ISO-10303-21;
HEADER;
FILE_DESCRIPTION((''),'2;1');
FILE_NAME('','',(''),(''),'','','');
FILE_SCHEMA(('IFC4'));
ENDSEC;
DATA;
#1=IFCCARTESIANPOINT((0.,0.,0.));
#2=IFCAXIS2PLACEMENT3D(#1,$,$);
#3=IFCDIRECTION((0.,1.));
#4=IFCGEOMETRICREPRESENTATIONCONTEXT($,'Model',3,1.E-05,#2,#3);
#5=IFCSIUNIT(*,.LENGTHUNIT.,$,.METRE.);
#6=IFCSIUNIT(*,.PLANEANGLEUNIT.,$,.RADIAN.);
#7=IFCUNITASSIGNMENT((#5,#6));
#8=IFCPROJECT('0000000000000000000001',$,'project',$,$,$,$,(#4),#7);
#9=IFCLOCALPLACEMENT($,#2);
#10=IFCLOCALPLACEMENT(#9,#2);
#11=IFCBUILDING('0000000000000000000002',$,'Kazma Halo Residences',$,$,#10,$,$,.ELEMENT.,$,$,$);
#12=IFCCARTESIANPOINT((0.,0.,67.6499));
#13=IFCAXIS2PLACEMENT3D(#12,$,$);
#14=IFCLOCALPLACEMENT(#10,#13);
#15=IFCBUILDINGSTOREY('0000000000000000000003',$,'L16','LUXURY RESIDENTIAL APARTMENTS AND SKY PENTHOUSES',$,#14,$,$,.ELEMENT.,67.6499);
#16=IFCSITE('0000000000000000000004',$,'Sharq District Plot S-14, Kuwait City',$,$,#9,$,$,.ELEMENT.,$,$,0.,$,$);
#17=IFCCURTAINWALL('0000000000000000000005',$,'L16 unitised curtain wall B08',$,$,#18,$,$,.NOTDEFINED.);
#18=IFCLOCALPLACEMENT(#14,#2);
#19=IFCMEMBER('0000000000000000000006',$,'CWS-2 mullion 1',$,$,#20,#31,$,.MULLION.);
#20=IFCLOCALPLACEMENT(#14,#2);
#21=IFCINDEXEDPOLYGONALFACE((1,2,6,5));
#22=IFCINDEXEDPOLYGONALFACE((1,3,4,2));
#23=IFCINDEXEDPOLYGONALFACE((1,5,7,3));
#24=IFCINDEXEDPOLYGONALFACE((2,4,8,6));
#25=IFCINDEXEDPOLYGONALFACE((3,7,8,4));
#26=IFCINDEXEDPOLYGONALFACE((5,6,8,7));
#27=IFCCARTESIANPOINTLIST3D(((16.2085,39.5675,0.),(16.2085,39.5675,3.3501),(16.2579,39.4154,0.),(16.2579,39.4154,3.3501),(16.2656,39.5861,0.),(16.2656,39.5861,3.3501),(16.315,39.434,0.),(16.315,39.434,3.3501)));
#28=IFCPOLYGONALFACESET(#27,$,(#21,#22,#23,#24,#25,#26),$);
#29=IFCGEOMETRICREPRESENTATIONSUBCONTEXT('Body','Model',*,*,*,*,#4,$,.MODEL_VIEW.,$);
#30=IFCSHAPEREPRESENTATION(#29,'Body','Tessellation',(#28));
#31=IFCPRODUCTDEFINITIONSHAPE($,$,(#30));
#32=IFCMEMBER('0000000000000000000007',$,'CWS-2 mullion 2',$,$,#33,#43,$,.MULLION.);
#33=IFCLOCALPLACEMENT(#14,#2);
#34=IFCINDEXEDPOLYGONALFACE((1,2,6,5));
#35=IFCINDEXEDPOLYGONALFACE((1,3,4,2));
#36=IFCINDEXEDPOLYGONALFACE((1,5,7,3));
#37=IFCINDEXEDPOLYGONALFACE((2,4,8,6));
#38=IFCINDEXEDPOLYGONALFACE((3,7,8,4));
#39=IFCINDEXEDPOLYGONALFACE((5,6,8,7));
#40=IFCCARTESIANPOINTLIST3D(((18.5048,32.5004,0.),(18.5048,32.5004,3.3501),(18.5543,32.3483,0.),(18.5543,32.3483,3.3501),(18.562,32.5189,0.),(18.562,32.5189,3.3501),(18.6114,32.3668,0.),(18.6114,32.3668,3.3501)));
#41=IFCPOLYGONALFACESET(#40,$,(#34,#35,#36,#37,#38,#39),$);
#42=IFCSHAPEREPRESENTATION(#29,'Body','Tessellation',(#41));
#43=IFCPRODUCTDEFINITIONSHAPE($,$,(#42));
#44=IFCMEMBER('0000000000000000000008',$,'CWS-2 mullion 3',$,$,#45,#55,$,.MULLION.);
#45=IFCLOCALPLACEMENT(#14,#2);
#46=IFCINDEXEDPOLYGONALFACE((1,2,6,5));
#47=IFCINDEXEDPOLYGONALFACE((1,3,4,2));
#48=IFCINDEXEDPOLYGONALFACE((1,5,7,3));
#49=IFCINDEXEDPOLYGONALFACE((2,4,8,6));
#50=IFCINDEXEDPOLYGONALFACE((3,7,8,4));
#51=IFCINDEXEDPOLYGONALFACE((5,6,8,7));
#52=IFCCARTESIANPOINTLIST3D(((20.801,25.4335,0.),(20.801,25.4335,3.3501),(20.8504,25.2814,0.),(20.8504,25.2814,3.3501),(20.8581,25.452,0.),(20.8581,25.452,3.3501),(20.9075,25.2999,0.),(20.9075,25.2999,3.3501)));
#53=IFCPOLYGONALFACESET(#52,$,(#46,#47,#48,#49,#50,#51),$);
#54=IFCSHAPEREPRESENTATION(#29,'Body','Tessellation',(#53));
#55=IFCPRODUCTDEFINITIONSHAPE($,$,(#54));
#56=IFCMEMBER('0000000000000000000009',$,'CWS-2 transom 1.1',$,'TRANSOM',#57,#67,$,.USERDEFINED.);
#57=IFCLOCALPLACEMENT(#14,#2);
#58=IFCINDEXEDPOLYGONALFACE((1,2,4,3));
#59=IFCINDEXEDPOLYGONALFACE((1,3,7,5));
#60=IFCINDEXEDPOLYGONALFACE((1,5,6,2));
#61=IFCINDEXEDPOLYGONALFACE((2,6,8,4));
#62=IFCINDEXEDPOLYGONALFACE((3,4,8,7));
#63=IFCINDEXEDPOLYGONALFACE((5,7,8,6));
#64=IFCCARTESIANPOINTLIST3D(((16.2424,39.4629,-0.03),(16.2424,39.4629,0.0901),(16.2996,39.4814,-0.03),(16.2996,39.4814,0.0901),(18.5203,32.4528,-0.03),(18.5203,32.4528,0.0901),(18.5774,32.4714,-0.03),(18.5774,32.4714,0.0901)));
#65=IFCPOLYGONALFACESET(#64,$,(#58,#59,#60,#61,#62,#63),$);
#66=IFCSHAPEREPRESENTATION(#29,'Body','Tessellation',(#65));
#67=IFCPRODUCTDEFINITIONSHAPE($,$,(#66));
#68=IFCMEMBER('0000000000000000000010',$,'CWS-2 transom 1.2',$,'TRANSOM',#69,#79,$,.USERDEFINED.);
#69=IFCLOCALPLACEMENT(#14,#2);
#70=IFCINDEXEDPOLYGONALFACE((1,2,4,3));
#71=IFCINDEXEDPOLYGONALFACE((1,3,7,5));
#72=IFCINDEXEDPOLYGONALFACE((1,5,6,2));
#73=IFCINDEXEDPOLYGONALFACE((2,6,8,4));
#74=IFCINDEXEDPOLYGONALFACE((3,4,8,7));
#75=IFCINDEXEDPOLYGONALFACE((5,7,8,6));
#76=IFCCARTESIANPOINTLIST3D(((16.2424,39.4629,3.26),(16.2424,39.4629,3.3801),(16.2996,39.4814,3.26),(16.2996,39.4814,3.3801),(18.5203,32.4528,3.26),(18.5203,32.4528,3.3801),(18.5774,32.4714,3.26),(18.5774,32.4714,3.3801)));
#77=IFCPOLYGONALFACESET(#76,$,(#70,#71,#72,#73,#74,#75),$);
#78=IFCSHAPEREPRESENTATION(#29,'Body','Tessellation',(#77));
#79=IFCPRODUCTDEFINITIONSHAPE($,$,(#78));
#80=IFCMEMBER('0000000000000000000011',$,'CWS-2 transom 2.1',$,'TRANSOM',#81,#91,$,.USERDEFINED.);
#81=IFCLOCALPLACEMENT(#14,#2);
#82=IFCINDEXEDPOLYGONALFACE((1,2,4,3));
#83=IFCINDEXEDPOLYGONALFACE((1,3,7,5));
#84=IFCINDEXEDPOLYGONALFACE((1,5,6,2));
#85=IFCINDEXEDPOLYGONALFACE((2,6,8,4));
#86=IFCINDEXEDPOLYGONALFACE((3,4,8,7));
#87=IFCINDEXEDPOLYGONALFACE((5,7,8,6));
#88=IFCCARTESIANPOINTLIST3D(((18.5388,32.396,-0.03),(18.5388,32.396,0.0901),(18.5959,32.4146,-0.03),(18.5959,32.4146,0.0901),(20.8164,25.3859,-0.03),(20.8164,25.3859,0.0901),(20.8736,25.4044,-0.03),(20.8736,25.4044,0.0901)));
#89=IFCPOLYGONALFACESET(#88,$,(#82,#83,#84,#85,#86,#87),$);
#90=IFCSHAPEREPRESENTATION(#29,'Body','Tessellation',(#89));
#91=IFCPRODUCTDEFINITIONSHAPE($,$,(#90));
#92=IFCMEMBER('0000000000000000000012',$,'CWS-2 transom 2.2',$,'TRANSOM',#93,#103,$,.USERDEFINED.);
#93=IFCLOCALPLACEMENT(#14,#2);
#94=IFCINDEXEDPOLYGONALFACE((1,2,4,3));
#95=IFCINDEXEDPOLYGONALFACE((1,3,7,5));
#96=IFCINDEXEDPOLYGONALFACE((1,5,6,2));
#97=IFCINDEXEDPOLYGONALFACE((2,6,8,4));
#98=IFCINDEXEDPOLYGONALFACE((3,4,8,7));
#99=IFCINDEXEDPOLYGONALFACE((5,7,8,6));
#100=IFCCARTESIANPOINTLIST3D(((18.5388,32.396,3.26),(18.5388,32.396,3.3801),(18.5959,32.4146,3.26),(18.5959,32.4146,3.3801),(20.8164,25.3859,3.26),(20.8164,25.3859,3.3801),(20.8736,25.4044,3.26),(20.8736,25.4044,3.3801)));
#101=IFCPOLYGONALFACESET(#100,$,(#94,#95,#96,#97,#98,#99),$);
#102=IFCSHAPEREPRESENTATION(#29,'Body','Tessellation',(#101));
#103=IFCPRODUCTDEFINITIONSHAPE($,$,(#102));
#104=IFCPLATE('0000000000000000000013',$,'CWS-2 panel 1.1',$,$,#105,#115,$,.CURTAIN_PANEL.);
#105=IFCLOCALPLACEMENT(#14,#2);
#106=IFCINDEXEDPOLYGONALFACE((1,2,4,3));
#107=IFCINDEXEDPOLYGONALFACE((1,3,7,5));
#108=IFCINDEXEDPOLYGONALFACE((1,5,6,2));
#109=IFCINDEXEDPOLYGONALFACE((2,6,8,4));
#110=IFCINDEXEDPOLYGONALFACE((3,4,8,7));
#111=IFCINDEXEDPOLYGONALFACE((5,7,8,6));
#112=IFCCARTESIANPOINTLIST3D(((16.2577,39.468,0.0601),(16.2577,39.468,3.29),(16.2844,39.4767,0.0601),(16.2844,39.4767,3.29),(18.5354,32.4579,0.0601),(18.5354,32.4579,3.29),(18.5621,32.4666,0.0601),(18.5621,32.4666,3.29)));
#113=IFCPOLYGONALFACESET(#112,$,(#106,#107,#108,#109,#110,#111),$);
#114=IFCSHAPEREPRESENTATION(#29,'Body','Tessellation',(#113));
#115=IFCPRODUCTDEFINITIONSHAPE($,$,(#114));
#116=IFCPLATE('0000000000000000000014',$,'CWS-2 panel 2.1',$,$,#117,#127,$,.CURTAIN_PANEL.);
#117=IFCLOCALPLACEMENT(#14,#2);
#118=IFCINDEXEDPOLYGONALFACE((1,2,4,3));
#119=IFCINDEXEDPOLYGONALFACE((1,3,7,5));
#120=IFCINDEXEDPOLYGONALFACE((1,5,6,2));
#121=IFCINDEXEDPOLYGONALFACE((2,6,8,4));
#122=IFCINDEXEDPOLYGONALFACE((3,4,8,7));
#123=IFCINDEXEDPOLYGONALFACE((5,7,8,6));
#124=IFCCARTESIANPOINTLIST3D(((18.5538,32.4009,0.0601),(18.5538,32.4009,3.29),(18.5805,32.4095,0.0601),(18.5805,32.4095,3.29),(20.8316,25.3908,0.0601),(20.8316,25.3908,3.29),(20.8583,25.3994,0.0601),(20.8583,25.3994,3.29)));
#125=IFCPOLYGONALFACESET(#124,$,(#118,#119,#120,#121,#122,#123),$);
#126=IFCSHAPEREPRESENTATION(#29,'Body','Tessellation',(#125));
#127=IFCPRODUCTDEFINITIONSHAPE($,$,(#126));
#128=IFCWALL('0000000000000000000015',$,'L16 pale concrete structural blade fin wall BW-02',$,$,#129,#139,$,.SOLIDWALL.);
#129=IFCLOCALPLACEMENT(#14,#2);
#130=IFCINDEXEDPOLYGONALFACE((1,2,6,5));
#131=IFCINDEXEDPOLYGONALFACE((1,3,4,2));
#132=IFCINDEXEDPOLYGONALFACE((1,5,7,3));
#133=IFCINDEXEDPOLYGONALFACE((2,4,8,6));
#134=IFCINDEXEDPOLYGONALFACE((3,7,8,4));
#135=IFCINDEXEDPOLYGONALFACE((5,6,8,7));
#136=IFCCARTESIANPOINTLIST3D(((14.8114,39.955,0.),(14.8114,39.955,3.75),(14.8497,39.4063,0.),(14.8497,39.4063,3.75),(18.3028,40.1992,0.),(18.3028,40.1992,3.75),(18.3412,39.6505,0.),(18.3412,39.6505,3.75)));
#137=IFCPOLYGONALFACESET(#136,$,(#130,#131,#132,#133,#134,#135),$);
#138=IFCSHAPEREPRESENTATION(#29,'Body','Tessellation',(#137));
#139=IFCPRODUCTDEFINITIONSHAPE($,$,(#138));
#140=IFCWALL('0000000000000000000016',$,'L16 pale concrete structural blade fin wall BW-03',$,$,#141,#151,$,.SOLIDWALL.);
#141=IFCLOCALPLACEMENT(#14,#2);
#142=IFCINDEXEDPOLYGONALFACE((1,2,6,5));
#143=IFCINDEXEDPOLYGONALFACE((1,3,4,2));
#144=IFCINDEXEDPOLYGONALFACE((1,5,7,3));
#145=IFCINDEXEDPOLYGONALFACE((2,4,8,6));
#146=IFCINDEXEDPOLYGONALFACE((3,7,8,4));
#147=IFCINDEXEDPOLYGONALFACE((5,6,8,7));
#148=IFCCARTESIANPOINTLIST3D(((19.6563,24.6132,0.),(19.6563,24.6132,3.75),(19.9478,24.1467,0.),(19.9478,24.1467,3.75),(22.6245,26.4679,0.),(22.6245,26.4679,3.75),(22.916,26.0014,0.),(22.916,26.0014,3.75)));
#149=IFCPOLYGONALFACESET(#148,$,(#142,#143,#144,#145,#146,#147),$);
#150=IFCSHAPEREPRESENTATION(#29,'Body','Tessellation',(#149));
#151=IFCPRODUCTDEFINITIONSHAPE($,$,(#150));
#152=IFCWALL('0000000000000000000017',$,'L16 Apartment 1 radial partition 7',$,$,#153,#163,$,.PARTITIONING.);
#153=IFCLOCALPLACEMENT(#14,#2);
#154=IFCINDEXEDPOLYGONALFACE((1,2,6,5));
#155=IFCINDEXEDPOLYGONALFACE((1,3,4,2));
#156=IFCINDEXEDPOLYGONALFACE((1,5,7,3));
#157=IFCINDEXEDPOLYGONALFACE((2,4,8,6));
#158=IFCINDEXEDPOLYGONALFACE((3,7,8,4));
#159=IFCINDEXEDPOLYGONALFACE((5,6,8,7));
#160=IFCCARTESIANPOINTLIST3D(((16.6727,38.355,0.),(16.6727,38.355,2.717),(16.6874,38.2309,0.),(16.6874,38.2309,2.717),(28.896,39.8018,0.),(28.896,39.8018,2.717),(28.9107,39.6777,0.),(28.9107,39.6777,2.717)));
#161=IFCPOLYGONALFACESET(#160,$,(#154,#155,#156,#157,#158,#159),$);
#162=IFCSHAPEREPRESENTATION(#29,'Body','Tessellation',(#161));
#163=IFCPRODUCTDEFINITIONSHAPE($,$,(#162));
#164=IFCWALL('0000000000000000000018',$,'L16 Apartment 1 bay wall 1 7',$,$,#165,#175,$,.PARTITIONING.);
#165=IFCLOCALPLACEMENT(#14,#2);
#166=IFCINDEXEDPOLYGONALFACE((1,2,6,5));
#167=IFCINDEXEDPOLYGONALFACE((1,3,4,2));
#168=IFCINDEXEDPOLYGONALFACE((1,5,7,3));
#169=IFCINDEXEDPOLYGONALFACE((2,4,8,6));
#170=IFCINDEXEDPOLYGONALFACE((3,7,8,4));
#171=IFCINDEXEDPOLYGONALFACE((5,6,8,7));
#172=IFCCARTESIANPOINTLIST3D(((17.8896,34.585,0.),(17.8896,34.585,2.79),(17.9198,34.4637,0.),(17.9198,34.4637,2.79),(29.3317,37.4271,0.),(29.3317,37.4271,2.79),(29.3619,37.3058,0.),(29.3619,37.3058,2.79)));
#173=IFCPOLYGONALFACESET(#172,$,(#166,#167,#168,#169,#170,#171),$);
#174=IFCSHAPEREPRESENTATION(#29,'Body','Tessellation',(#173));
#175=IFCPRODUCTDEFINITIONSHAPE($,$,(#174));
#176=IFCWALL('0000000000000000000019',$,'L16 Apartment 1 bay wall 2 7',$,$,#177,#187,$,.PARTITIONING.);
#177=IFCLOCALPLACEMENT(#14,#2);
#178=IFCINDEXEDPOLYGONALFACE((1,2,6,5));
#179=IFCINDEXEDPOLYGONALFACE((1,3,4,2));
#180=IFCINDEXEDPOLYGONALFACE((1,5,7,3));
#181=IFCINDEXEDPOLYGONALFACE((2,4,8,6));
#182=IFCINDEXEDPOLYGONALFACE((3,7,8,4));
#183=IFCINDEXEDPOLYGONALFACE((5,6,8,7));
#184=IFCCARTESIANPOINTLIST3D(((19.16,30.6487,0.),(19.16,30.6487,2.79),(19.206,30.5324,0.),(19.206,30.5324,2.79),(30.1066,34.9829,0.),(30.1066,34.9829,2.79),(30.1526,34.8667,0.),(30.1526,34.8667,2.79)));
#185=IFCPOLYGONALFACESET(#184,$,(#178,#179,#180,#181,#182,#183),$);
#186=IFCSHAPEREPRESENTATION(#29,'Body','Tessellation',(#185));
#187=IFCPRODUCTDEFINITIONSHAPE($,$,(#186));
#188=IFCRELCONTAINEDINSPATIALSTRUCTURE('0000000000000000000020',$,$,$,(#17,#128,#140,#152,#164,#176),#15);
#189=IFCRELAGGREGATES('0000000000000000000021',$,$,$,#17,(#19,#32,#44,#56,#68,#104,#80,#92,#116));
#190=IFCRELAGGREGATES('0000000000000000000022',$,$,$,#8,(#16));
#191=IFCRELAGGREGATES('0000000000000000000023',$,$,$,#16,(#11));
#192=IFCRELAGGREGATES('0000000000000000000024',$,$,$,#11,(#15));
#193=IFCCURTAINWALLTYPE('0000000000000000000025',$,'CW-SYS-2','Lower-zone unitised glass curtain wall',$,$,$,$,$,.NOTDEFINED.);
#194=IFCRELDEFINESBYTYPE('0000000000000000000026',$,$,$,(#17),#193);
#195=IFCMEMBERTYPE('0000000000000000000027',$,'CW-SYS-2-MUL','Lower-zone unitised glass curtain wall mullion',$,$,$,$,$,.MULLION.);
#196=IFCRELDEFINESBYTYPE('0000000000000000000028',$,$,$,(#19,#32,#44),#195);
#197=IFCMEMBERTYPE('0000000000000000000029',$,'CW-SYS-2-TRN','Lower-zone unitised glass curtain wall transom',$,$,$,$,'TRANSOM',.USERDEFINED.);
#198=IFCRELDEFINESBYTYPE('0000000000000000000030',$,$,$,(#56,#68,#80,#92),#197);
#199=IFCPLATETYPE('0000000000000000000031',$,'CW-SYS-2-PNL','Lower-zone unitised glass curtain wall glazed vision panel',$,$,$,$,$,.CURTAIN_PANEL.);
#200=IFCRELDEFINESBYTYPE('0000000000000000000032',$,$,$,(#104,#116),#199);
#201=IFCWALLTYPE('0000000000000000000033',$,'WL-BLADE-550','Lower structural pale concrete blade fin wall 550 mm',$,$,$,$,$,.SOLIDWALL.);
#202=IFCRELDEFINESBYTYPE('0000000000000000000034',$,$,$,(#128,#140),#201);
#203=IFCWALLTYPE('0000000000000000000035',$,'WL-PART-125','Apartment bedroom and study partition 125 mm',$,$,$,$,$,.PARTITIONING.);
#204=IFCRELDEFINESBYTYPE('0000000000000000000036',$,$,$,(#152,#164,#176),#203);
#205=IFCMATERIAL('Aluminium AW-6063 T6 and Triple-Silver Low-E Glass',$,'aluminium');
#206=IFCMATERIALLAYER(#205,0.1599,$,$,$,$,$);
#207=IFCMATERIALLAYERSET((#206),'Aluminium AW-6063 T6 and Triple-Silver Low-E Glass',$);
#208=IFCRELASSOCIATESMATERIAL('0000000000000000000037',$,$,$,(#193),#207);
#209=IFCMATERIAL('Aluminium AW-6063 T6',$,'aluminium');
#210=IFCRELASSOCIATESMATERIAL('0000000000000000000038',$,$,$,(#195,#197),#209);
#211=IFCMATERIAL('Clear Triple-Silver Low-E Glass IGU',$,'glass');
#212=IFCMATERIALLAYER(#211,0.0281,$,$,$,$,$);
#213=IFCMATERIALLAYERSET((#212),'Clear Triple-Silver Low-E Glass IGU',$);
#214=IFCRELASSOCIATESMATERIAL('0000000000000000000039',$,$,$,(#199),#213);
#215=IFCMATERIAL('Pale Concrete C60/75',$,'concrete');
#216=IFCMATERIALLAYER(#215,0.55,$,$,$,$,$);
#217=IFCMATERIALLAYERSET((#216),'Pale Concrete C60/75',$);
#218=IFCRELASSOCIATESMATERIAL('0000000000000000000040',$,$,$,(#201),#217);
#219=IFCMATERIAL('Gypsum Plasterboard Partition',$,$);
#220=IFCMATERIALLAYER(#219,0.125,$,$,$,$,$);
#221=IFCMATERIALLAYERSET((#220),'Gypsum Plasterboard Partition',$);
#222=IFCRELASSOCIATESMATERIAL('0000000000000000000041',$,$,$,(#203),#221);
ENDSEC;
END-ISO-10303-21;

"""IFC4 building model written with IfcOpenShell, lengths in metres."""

from ifc_helpers import new_model, si_unit, direction, frame, frame_2d, origin, origin_2d, place, context, subcontext, project, spatial, rectangle, extrude, material, layer, layer_set, material_profile, profile_set, type_object, element, aggregate, save


model = new_model("IFC4")

# Units and contexts
model_context = context("Model", 3, precision=1e-05, world=origin(), true_north=direction((0.0, 1.0)))
body_context = subcontext(model_context, "Body", "Model", "MODEL_VIEW")
ifc_project = project(units=[si_unit("LENGTHUNIT", "METRE"), si_unit("PLANEANGLEUNIT", "RADIAN")], contexts=[model_context])

# Site, building, storey
site_placement = place(None, origin())
site = spatial("IfcSite", under=ifc_project, at=site_placement, Name="Sharq District Plot S-14, Kuwait City", CompositionType="ELEMENT", RefElevation=0.0)
building_placement = place(site_placement, origin())
building = spatial("IfcBuilding", under=site, at=building_placement, Name="Kazma Halo Residences", CompositionType="ELEMENT")
storey_placement = place(building_placement, frame((0.0, 0.0, 67.6499)))
storey = spatial("IfcBuildingStorey", under=building, at=storey_placement, Name="L16", Description="LUXURY RESIDENTIAL APARTMENTS AND SKY PENTHOUSES", CompositionType="ELEMENT", Elevation=67.6499)

# Curtain wall, members, plates
ifc_material_1 = material(Name="Aluminium AW-6063 T6 and Triple-Silver Low-E Glass", Category="aluminium")
ifc_layer_1 = layer(ifc_material_1, 0.1599)
ifc_layer_set_1 = layer_set([ifc_layer_1], Name="Aluminium AW-6063 T6 and Triple-Silver Low-E Glass")
curtain_wall_type = type_object("IfcCurtainWallType", Name="CW-SYS-2", Description="Lower-zone unitised glass curtain wall", PredefinedType="NOTDEFINED", material=ifc_layer_set_1)
curtain_wall_placement = place(storey_placement, origin())
curtain_wall = element("IfcCurtainWall", 1, at=curtain_wall_placement, inside=storey, type_object=curtain_wall_type, Name="L16 unitised curtain wall B08", PredefinedType="NOTDEFINED")
ifc_material_2 = material(Name="Aluminium AW-6063 T6", Category="aluminium")
ifc_material_profile_1 = material_profile(ifc_material_2, rectangle(XDim=0.0601, YDim=0.1599, at=origin_2d()), Name="CWM-60x160")
ifc_profile_set_1 = profile_set([ifc_material_profile_1], Name="Aluminium AW-6063 T6")
member_type_1 = type_object("IfcMemberType", Name="CW-SYS-2-MUL", Description="Lower-zone unitised glass curtain wall mullion", PredefinedType="MULLION", material=ifc_profile_set_1)
member_1_placement = place(storey_placement, frame((16.2617, 39.5007, 0.0), z_axis=(0.0, 0.0, 1.0), x_axis=(0.951057, 0.309017, 0.0)))
member_1 = element("IfcMember", 2, at=member_1_placement, type_object=member_type_1, Name="CWS-2 mullion 1", PredefinedType="MULLION", context=body_context, shape_type="SweptSolid", body=[
    extrude(rectangle(XDim=0.0601, YDim=0.1599, at=origin_2d()), origin(), (0.0, 0.0, 1.0), 3.3501),
])
member_2_placement = place(storey_placement, frame((18.5581, 32.4336, 0.0), z_axis=(0.0, 0.0, 1.0), x_axis=(0.951057, 0.309017, 0.0)))
member_2 = element("IfcMember", 3, at=member_2_placement, type_object=member_type_1, Name="CWS-2 mullion 2", PredefinedType="MULLION", context=body_context, shape_type="SweptSolid", body=[
    extrude(rectangle(XDim=0.0601, YDim=0.1599, at=origin_2d()), origin(), (0.0, 0.0, 1.0), 3.3501),
])
member_3_placement = place(storey_placement, frame((20.8542, 25.3667, 0.0), z_axis=(0.0, 0.0, 1.0), x_axis=(0.951057, 0.309017, 0.0)))
member_3 = element("IfcMember", 4, at=member_3_placement, type_object=member_type_1, Name="CWS-2 mullion 3", PredefinedType="MULLION", context=body_context, shape_type="SweptSolid", body=[
    extrude(rectangle(XDim=0.0601, YDim=0.1599, at=origin_2d()), origin(), (0.0, 0.0, 1.0), 3.3501),
])
ifc_material_profile_2 = material_profile(ifc_material_2, rectangle(XDim=0.0601, YDim=0.1201, at=origin_2d()), Name="CWT-60x120")
ifc_profile_set_2 = profile_set([ifc_material_profile_2], Name="Aluminium AW-6063 T6")
member_type_2 = type_object("IfcMemberType", Name="CW-SYS-2-TRN", Description="Lower-zone unitised glass curtain wall transom", ElementType="TRANSOM", PredefinedType="USERDEFINED", material=ifc_profile_set_2)
member_4_placement = place(storey_placement, frame((16.271, 39.4722, 0.03), z_axis=(0.309034, -0.951051, 0.0), x_axis=(0.951051, 0.309034, 0.0)))
member_4 = element("IfcMember", 5, at=member_4_placement, type_object=member_type_2, Name="CWS-2 transom 1.1", ObjectType="TRANSOM", PredefinedType="USERDEFINED", context=body_context, shape_type="SweptSolid", body=[
    extrude(rectangle(XDim=0.0601, YDim=0.1201, at=origin_2d()), origin(), (0.0, 0.0, 1.0), 7.3708),
])
member_5_placement = place(storey_placement, frame((16.271, 39.4722, 3.3201), z_axis=(0.309034, -0.951051, 0.0), x_axis=(0.951051, 0.309034, 0.0)))
member_5 = element("IfcMember", 6, at=member_5_placement, type_object=member_type_2, Name="CWS-2 transom 1.2", ObjectType="TRANSOM", PredefinedType="USERDEFINED", context=body_context, shape_type="SweptSolid", body=[
    extrude(rectangle(XDim=0.0601, YDim=0.1201, at=origin_2d()), origin(), (0.0, 0.0, 1.0), 7.3708),
])
member_6_placement = place(storey_placement, frame((18.5674, 32.4053, 0.03), z_axis=(0.309004, -0.951061, 0.0), x_axis=(0.951061, 0.309004, 0.0)))
member_6 = element("IfcMember", 7, at=member_6_placement, type_object=member_type_2, Name="CWS-2 transom 2.1", ObjectType="TRANSOM", PredefinedType="USERDEFINED", context=body_context, shape_type="SweptSolid", body=[
    extrude(rectangle(XDim=0.0601, YDim=0.1201, at=origin_2d()), origin(), (0.0, 0.0, 1.0), 7.3708),
])
member_7_placement = place(storey_placement, frame((18.5674, 32.4053, 3.3201), z_axis=(0.309004, -0.951061, 0.0), x_axis=(0.951061, 0.309004, 0.0)))
member_7 = element("IfcMember", 8, at=member_7_placement, type_object=member_type_2, Name="CWS-2 transom 2.2", ObjectType="TRANSOM", PredefinedType="USERDEFINED", context=body_context, shape_type="SweptSolid", body=[
    extrude(rectangle(XDim=0.0601, YDim=0.1201, at=origin_2d()), origin(), (0.0, 0.0, 1.0), 7.3708),
])
ifc_material_3 = material(Name="Clear Triple-Silver Low-E Glass IGU", Category="glass")
ifc_layer_2 = layer(ifc_material_3, 0.0281)
ifc_layer_set_2 = layer_set([ifc_layer_2], Name="Clear Triple-Silver Low-E Glass IGU")
plate_type = type_object("IfcPlateType", Name="CW-SYS-2-PNL", Description="Lower-zone unitised glass curtain wall glazed vision panel", PredefinedType="CURTAIN_PANEL", material=ifc_layer_set_2)
plate_1_placement = place(storey_placement, frame((17.4099, 35.9673, 0.0601), z_axis=(0.0, 0.0, 1.0), x_axis=(0.309017, -0.951057, 0.0)))
plate_1 = element("IfcPlate", 9, at=plate_1_placement, type_object=plate_type, Name="CWS-2 panel 1.1", PredefinedType="CURTAIN_PANEL", context=body_context, shape_type="SweptSolid", body=[
    extrude(rectangle(XDim=7.3708, YDim=0.0281, at=origin_2d()), origin(), (0.0, 0.0, 1.0), 3.23),
])
plate_2_placement = place(storey_placement, frame((19.7061, 28.9001, 0.0601), z_axis=(0.0, 0.0, 1.0), x_axis=(0.309017, -0.951057, 0.0)))
plate_2 = element("IfcPlate", 10, at=plate_2_placement, type_object=plate_type, Name="CWS-2 panel 2.1", PredefinedType="CURTAIN_PANEL", context=body_context, shape_type="SweptSolid", body=[
    extrude(rectangle(XDim=7.3708, YDim=0.0281, at=origin_2d()), origin(), (0.0, 0.0, 1.0), 3.23),
])
aggregate(curtain_wall, [member_1, member_2, member_3, member_4, member_5, plate_1, member_6, member_7, plate_2])

# Walls
ifc_material_4 = material(Name="Pale Concrete C60/75", Category="concrete")
ifc_layer_3 = layer(ifc_material_4, 0.55)
ifc_layer_set_3 = layer_set([ifc_layer_3], Name="Pale Concrete C60/75")
wall_type_1 = type_object("IfcWallType", Name="WL-BLADE-550", Description="Lower structural pale concrete blade fin wall 550 mm", PredefinedType="SOLIDWALL", material=ifc_layer_set_3)
for number, where, z_axis, x_axis, name in (
    (11, (18.322, 39.9248, 0.0), (0.0, 0.0, 1.0), (-0.997564, -0.069755, 0.0), "L16 pale concrete structural blade fin wall BW-02"),
    (12, (22.7703, 26.2346, 0.0), (0.0, 0.0, 1.0), (-0.848053, -0.529911, 0.0), "L16 pale concrete structural blade fin wall BW-03"),
):
    element("IfcWall", number, at=place(storey_placement, frame(where, z_axis=z_axis, x_axis=x_axis)), inside=storey, type_object=wall_type_1, Name=name, PredefinedType="SOLIDWALL", context=body_context, shape_type="SweptSolid", body=[
        extrude(rectangle(XDim=3.5, YDim=0.55, at=frame_2d((1.75, 0.0))), origin(), (0.0, 0.0, 1.0), 3.75),
    ])
ifc_material_5 = material(Name="Gypsum Plasterboard Partition")
ifc_layer_4 = layer(ifc_material_5, 0.125)
ifc_layer_set_4 = layer_set([ifc_layer_4], Name="Gypsum Plasterboard Partition")
wall_type_2 = type_object("IfcWallType", Name="WL-PART-125", Description="Apartment bedroom and study partition 125 mm", PredefinedType="PARTITIONING", material=ifc_layer_set_4)
wall_1_placement = place(storey_placement, frame((28.9033, 39.7397, 0.0), z_axis=(0.0, 0.0, 1.0), x_axis=(-0.993068, -0.117541, 0.0)))
element("IfcWall", 13, at=wall_1_placement, inside=storey, type_object=wall_type_2, Name="L16 Apartment 1 radial partition 7", PredefinedType="PARTITIONING", context=body_context, shape_type="SweptSolid", body=[
    extrude(rectangle(XDim=12.3086, YDim=0.125, at=frame_2d((6.1543, 0.0))), origin(), (0.0, 0.0, 1.0), 2.717),
])
wall_2_placement = place(storey_placement, frame((29.3469, 37.3665, 0.0), z_axis=(0.0, 0.0, 1.0), x_axis=(-0.97051, -0.241059, 0.0)))
element("IfcWall", 14, at=wall_2_placement, inside=storey, type_object=wall_type_2, Name="L16 Apartment 1 bay wall 1 7", PredefinedType="PARTITIONING", context=body_context, shape_type="SweptSolid", body=[
    extrude(rectangle(XDim=11.7898, YDim=0.125, at=frame_2d((5.895, 0.0))), origin(), (0.0, 0.0, 1.0), 2.79),
])
wall_3_placement = place(storey_placement, frame((30.1296, 34.9248, 0.0), z_axis=(0.0, 0.0, 1.0), x_axis=(-0.929771, -0.368138, 0.0)))
element("IfcWall", 15, at=wall_3_placement, inside=storey, type_object=wall_type_2, Name="L16 Apartment 1 bay wall 2 7", PredefinedType="PARTITIONING", context=body_context, shape_type="SweptSolid", body=[
    extrude(rectangle(XDim=11.7734, YDim=0.125, at=frame_2d((5.8867, 0.0))), origin(), (0.0, 0.0, 1.0), 2.79),
])

save(model, "model.ifc")
